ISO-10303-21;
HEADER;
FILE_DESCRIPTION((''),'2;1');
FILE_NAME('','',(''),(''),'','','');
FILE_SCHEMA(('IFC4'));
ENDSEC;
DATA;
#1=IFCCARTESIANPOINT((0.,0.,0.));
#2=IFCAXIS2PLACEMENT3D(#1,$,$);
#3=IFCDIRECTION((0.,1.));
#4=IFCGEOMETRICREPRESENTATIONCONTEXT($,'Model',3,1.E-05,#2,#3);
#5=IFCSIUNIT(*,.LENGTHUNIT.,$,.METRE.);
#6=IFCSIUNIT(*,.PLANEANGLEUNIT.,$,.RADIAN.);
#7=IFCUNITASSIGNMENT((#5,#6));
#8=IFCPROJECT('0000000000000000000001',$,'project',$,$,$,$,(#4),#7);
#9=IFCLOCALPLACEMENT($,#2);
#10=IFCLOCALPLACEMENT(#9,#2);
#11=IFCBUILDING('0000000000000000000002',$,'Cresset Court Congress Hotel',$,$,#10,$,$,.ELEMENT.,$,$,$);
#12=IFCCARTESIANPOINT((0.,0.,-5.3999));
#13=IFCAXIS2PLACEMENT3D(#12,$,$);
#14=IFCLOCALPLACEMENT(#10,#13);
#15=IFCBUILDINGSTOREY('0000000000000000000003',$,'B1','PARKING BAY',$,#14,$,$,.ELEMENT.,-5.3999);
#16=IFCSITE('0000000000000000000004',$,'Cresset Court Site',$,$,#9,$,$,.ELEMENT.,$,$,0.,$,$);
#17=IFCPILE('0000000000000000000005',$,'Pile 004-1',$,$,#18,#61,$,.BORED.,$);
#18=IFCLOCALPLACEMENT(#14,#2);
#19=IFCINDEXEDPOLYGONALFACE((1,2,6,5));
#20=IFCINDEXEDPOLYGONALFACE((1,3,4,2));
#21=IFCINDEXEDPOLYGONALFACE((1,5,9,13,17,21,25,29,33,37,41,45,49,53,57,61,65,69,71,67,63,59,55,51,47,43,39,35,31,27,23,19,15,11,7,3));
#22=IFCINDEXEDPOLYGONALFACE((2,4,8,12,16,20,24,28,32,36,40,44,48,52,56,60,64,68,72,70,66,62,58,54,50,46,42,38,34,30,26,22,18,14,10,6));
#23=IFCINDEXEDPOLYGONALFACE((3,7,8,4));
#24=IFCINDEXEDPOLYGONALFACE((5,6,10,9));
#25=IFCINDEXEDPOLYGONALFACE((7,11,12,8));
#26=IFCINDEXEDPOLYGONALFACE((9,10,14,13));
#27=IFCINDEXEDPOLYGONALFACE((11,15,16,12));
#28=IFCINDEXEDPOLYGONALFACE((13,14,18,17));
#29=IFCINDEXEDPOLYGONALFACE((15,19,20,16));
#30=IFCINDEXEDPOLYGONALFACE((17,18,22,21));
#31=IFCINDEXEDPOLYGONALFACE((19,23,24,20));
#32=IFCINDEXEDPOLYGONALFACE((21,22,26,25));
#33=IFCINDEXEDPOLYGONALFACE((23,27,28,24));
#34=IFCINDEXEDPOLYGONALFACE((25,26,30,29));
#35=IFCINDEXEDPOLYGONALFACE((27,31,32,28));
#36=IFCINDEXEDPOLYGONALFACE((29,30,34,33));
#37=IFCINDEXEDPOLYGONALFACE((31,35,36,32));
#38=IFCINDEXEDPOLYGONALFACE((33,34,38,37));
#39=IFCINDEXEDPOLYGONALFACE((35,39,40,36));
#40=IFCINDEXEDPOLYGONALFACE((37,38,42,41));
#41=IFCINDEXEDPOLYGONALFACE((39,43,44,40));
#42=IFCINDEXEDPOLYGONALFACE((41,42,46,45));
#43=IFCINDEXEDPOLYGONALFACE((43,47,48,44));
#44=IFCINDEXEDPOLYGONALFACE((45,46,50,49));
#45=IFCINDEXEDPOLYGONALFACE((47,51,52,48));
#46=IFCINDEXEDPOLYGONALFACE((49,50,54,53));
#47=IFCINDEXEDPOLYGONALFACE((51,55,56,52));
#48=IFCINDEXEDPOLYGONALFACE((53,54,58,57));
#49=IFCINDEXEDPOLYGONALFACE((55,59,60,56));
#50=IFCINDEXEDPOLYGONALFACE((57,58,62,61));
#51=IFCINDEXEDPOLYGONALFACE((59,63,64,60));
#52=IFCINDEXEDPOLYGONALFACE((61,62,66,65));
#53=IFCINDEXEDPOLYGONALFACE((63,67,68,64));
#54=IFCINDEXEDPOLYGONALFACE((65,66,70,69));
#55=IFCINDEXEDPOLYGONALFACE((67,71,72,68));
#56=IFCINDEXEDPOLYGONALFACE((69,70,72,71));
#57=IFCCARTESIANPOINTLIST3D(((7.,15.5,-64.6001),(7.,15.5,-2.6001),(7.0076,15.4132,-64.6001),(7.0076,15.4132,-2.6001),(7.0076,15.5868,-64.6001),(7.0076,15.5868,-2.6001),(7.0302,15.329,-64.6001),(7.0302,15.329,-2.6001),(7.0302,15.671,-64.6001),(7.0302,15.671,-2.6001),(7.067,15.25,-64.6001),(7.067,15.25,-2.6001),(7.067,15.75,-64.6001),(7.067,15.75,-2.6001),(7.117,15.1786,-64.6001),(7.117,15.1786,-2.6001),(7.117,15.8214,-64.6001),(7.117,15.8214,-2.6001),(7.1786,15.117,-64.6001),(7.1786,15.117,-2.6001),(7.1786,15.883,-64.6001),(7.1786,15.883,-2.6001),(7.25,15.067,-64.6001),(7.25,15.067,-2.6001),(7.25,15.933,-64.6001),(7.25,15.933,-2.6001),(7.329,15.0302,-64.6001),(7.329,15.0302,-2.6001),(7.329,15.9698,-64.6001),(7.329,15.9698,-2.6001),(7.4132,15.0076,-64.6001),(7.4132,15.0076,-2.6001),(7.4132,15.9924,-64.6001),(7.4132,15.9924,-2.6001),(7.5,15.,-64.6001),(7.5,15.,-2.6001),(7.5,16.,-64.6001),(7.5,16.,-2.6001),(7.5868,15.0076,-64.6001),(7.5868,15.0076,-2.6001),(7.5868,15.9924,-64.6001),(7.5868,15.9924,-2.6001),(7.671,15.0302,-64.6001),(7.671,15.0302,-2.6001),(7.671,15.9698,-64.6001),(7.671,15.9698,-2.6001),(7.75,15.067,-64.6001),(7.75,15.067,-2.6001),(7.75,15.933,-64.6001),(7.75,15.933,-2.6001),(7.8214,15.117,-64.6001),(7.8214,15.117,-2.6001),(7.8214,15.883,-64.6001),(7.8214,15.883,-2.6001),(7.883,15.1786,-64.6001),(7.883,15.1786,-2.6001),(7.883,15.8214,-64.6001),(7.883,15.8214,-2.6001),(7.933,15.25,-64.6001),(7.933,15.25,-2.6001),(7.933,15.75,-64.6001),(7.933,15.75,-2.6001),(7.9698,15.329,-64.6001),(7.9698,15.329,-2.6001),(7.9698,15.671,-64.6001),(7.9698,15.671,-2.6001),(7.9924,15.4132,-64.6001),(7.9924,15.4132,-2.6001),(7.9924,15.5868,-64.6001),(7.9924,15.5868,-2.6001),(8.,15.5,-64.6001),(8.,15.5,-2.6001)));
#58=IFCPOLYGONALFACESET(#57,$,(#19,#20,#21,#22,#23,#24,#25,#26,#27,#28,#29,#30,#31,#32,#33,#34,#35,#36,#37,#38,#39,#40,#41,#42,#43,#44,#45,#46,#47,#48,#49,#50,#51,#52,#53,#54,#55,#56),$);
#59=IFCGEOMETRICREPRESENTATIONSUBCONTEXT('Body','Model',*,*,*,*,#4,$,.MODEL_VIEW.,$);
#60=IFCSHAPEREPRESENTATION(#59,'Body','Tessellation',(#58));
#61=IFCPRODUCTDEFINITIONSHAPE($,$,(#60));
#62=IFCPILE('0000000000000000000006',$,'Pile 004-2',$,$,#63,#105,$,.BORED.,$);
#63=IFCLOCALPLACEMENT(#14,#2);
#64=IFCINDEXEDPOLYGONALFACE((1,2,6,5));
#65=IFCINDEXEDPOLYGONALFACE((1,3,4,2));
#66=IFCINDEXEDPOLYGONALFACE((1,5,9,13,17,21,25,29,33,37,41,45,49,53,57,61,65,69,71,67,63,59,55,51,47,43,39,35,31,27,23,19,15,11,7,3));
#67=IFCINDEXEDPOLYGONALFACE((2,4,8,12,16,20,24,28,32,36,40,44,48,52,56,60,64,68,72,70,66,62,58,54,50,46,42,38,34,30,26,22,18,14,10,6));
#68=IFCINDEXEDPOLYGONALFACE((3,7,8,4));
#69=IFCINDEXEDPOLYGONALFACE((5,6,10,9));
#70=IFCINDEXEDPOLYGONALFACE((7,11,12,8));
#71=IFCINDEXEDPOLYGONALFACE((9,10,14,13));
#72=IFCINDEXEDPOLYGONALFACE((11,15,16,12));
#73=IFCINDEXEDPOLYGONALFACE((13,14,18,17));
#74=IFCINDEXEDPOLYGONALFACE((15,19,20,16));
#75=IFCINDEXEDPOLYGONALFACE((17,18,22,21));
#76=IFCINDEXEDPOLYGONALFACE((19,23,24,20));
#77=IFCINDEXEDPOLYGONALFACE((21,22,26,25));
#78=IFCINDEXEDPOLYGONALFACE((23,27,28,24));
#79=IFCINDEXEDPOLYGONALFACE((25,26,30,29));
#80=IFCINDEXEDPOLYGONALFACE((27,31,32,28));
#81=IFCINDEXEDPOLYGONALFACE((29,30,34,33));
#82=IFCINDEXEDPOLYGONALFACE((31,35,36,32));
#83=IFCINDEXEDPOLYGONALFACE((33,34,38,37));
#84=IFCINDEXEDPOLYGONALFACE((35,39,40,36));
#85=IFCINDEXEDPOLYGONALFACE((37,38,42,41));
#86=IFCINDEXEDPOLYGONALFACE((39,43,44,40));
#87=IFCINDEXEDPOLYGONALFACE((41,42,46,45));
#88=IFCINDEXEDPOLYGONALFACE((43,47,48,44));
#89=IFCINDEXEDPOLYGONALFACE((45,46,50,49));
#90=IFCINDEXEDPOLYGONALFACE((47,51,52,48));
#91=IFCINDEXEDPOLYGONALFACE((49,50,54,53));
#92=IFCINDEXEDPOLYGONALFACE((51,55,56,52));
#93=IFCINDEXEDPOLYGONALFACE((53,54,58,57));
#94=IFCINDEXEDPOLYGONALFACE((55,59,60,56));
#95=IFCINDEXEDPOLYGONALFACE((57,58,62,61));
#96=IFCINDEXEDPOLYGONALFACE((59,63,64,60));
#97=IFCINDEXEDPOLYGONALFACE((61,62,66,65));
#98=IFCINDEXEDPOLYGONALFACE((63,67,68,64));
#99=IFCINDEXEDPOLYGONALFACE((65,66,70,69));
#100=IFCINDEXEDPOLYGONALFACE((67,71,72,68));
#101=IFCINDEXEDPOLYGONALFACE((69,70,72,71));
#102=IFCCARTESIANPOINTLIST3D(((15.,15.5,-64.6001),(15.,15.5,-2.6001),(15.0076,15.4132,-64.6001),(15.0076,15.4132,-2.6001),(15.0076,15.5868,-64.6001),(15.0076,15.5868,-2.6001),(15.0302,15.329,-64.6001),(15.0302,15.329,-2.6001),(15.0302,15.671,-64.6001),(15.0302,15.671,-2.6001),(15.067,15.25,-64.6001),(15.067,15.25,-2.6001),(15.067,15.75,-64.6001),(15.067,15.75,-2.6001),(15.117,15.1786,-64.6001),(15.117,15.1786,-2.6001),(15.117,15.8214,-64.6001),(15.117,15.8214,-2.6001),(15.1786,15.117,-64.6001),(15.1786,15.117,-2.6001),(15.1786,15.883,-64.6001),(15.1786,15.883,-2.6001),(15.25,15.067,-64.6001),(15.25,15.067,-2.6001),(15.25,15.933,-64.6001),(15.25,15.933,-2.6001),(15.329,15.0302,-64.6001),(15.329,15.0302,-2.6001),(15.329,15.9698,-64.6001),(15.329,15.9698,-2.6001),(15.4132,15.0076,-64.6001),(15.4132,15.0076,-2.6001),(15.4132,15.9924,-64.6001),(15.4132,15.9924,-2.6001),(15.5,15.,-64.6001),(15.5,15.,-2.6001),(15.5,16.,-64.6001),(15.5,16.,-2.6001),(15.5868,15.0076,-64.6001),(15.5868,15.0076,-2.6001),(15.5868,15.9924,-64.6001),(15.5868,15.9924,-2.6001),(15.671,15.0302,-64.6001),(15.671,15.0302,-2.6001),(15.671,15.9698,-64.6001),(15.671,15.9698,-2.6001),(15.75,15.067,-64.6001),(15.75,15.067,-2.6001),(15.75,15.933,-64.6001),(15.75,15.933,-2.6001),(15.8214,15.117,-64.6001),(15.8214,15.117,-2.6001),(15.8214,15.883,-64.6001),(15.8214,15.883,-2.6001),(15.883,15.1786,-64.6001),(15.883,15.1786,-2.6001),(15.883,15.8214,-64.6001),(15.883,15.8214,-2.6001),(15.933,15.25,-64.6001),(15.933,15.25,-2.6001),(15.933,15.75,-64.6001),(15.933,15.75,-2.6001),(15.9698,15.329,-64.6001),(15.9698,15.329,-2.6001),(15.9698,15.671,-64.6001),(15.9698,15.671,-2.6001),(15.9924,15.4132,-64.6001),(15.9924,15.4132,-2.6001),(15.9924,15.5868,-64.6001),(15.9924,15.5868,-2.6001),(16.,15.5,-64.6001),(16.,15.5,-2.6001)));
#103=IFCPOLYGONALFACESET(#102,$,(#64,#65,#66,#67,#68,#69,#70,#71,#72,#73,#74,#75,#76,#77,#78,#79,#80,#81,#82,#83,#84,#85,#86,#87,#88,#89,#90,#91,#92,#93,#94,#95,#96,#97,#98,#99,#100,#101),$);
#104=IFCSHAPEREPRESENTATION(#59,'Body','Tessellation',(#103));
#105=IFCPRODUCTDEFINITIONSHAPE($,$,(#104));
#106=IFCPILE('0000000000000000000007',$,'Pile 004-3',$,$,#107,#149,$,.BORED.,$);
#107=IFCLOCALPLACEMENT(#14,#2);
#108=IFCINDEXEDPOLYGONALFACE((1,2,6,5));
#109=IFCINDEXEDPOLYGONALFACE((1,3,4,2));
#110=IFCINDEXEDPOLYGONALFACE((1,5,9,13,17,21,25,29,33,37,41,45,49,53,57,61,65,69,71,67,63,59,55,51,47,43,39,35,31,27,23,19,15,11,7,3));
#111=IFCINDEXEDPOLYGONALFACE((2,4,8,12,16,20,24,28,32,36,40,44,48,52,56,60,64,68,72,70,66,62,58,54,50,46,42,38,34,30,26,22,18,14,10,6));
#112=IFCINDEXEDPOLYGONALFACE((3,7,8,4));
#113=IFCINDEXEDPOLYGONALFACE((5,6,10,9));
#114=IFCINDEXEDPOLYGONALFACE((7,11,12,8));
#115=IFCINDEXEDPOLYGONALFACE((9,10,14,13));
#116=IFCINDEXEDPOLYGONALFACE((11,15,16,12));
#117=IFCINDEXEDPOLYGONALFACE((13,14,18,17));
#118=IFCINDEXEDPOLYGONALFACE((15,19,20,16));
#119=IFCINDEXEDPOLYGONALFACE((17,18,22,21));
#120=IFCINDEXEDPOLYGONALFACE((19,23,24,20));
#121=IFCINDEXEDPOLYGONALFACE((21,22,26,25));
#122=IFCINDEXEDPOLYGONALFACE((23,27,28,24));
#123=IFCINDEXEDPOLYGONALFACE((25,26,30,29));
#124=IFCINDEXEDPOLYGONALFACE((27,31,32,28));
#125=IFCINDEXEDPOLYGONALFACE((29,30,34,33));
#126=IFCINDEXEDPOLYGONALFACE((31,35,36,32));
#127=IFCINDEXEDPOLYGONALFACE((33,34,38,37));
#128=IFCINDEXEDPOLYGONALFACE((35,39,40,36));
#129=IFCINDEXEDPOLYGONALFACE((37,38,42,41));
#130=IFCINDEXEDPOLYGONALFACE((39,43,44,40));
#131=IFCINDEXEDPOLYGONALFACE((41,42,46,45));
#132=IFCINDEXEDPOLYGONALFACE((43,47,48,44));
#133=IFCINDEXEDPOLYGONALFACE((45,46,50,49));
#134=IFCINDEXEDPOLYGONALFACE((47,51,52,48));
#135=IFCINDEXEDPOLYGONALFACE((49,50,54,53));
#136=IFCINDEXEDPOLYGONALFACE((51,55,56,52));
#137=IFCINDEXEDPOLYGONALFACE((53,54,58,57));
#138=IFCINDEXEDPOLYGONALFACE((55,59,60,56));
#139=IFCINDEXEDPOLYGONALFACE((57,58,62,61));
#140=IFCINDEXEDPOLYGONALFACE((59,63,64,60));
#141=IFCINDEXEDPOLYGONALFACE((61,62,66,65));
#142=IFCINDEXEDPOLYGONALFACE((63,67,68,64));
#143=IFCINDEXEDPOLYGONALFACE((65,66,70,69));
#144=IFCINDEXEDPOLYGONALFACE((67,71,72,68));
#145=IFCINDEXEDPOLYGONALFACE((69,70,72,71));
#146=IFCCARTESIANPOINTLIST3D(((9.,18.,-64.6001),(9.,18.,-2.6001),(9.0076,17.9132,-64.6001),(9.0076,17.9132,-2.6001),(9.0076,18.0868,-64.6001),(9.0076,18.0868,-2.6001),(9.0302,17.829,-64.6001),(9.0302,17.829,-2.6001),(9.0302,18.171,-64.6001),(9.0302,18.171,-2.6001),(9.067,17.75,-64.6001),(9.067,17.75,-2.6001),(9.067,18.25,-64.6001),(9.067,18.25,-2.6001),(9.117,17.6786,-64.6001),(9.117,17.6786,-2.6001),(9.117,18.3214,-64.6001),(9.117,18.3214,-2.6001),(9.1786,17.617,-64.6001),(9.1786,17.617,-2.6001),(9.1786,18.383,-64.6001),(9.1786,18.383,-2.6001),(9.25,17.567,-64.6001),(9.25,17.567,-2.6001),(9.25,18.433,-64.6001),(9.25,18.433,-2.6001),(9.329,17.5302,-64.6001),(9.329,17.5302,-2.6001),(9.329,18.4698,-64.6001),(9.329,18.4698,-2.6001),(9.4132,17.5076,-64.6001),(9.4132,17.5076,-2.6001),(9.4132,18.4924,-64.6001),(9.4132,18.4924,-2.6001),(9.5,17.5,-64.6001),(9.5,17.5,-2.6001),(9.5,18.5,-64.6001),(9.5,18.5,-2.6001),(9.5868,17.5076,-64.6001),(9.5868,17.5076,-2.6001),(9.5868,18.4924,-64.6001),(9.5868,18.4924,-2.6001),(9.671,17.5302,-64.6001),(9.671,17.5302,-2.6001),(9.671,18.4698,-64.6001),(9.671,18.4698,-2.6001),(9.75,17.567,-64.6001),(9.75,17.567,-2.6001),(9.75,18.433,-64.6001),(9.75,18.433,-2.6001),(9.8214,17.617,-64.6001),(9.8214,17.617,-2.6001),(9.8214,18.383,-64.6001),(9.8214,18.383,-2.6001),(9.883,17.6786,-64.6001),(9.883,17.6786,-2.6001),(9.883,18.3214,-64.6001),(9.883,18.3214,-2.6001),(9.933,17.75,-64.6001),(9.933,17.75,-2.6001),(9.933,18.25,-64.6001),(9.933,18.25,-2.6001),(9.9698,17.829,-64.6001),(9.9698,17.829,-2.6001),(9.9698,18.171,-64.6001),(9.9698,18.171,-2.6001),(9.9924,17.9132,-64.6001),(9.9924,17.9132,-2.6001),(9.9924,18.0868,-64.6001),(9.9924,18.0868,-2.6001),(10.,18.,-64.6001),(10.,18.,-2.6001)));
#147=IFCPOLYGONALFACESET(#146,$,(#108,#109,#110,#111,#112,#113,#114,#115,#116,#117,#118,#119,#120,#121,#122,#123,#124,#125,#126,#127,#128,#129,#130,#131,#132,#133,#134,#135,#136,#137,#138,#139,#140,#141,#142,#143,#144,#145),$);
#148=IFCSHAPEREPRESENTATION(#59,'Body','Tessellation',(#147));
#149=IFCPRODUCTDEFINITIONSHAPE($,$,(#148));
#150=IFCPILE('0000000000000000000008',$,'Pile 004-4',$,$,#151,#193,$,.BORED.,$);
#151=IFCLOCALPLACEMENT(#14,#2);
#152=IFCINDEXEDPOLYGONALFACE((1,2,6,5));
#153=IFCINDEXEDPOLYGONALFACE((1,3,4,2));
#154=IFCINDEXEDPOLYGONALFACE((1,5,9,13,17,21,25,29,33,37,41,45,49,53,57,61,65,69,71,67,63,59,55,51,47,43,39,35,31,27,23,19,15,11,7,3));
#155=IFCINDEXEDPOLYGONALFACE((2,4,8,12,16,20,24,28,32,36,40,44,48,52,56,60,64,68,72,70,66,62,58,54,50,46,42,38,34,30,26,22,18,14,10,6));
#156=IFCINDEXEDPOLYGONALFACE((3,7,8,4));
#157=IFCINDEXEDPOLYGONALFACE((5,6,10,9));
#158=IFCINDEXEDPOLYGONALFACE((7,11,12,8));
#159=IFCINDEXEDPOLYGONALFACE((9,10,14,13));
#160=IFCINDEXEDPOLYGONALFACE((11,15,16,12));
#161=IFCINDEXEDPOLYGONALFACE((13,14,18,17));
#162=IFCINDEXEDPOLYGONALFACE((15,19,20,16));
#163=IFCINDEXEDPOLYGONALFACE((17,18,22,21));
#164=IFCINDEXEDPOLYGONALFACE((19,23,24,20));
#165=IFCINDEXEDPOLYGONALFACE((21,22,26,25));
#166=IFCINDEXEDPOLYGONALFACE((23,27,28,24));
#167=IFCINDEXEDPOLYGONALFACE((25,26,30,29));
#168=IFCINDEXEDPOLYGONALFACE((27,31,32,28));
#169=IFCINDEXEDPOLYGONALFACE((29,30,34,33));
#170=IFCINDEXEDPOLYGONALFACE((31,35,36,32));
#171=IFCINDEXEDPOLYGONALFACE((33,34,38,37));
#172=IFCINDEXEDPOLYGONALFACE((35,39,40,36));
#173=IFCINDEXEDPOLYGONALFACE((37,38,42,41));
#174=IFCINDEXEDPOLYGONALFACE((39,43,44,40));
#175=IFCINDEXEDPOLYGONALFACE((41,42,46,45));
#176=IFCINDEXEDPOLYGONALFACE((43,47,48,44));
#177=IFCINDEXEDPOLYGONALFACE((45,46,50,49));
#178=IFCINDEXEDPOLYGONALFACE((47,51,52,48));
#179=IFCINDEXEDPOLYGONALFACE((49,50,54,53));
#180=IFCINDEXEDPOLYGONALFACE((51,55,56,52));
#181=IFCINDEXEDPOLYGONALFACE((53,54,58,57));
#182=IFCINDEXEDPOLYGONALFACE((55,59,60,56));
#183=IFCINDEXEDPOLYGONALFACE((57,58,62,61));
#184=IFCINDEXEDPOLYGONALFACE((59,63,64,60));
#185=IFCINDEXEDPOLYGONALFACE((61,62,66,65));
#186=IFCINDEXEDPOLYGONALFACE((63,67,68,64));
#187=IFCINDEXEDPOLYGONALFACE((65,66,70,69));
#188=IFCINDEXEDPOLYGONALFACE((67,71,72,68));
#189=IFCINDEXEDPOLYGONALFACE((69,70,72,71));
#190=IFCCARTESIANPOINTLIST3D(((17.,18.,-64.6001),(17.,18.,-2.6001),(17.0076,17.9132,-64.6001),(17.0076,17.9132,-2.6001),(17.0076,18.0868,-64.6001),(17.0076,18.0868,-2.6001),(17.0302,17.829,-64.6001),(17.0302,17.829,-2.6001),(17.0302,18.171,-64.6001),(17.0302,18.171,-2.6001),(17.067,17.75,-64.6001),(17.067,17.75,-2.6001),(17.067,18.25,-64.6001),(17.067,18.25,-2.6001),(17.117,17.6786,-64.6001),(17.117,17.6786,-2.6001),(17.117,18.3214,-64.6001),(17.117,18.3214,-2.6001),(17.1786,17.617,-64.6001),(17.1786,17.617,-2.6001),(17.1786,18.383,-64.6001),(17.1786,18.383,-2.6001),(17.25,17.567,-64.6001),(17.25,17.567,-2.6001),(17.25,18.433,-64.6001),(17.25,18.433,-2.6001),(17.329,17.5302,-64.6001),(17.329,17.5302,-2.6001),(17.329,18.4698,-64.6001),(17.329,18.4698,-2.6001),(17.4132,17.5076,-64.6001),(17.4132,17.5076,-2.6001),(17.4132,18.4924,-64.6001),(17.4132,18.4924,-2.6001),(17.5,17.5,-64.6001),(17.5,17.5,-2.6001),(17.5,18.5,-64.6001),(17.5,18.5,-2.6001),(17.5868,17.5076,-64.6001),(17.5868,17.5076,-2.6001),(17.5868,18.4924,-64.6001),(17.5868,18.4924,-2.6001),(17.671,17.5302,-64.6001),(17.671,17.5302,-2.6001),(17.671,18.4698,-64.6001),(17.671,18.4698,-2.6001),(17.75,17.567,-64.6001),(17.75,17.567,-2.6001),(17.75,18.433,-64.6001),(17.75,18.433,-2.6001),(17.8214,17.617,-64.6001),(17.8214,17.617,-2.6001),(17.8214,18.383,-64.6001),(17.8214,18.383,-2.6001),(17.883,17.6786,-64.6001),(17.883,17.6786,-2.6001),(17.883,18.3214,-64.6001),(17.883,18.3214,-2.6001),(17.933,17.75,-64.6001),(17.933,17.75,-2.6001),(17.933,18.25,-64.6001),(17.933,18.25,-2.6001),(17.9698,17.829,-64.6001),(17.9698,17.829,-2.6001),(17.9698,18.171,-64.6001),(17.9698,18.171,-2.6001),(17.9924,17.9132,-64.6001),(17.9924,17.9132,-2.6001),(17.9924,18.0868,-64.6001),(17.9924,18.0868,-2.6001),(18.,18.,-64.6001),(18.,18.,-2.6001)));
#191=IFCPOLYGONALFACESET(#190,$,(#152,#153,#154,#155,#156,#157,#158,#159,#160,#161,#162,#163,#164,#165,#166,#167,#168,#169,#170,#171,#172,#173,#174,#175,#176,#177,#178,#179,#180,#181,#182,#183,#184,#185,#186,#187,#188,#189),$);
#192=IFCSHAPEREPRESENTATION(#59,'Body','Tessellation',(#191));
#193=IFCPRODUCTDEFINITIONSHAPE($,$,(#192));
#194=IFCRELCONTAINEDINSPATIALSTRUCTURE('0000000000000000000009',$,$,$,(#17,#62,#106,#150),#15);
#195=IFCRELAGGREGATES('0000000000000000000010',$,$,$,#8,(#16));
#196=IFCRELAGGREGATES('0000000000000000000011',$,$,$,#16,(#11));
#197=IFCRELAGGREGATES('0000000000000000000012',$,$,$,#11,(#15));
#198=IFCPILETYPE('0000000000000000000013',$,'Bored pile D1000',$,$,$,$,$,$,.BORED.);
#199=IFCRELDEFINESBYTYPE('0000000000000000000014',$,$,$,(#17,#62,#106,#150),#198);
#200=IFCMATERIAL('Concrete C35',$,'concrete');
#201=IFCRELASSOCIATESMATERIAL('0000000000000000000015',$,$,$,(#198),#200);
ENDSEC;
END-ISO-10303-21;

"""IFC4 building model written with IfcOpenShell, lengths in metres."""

from ifc_helpers import new_model, si_unit, direction, frame, origin, origin_2d, place, context, subcontext, project, spatial, circle, extrude, material, type_object, element, save


model = new_model("IFC4")

# Units and contexts
model_context = context("Model", 3, precision=1e-05, world=origin(), true_north=direction((0.0, 1.0)))
body_context = subcontext(model_context, "Body", "Model", "MODEL_VIEW")
ifc_project = project(units=[si_unit("LENGTHUNIT", "METRE"), si_unit("PLANEANGLEUNIT", "RADIAN")], contexts=[model_context])

# Site, building, storey
site_placement = place(None, origin())
site = spatial("IfcSite", under=ifc_project, at=site_placement, Name="Cresset Court Site", CompositionType="ELEMENT", RefElevation=0.0)
building_placement = place(site_placement, origin())
building = spatial("IfcBuilding", under=site, at=building_placement, Name="Cresset Court Congress Hotel", CompositionType="ELEMENT")
storey_placement = place(building_placement, frame((0.0, 0.0, -5.3999)))
storey = spatial("IfcBuildingStorey", under=building, at=storey_placement, Name="B1", Description="PARKING BAY", CompositionType="ELEMENT", Elevation=-5.3999)

# Piles
ifc_material_1 = material(Name="Concrete C35", Category="concrete")
pile_type = type_object("IfcPileType", Name="Bored pile D1000", PredefinedType="BORED", material=ifc_material_1)
for number, where, z_axis, x_axis, name in (
    (1, (7.5, 15.5, -2.6001), (0.0, 0.0, -1.0), (1.0, 0.0, 0.0), "Pile 004-1"),
    (2, (15.5, 15.5, -2.6001), (0.0, 0.0, -1.0), (1.0, 0.0, 0.0), "Pile 004-2"),
    (3, (9.5, 18.0, -2.6001), (0.0, 0.0, -1.0), (1.0, 0.0, 0.0), "Pile 004-3"),
    (4, (17.5, 18.0, -2.6001), (0.0, 0.0, -1.0), (1.0, 0.0, 0.0), "Pile 004-4"),
):
    element("IfcPile", number, at=place(storey_placement, frame(where, z_axis=z_axis, x_axis=x_axis)), inside=storey, type_object=pile_type, Name=name, PredefinedType="BORED", context=body_context, shape_type="SweptSolid", body=[
        extrude(circle(Radius=0.5, at=origin_2d()), origin(), (0.0, 0.0, 1.0), 62.0),
    ])

save(model, "model.ifc")
